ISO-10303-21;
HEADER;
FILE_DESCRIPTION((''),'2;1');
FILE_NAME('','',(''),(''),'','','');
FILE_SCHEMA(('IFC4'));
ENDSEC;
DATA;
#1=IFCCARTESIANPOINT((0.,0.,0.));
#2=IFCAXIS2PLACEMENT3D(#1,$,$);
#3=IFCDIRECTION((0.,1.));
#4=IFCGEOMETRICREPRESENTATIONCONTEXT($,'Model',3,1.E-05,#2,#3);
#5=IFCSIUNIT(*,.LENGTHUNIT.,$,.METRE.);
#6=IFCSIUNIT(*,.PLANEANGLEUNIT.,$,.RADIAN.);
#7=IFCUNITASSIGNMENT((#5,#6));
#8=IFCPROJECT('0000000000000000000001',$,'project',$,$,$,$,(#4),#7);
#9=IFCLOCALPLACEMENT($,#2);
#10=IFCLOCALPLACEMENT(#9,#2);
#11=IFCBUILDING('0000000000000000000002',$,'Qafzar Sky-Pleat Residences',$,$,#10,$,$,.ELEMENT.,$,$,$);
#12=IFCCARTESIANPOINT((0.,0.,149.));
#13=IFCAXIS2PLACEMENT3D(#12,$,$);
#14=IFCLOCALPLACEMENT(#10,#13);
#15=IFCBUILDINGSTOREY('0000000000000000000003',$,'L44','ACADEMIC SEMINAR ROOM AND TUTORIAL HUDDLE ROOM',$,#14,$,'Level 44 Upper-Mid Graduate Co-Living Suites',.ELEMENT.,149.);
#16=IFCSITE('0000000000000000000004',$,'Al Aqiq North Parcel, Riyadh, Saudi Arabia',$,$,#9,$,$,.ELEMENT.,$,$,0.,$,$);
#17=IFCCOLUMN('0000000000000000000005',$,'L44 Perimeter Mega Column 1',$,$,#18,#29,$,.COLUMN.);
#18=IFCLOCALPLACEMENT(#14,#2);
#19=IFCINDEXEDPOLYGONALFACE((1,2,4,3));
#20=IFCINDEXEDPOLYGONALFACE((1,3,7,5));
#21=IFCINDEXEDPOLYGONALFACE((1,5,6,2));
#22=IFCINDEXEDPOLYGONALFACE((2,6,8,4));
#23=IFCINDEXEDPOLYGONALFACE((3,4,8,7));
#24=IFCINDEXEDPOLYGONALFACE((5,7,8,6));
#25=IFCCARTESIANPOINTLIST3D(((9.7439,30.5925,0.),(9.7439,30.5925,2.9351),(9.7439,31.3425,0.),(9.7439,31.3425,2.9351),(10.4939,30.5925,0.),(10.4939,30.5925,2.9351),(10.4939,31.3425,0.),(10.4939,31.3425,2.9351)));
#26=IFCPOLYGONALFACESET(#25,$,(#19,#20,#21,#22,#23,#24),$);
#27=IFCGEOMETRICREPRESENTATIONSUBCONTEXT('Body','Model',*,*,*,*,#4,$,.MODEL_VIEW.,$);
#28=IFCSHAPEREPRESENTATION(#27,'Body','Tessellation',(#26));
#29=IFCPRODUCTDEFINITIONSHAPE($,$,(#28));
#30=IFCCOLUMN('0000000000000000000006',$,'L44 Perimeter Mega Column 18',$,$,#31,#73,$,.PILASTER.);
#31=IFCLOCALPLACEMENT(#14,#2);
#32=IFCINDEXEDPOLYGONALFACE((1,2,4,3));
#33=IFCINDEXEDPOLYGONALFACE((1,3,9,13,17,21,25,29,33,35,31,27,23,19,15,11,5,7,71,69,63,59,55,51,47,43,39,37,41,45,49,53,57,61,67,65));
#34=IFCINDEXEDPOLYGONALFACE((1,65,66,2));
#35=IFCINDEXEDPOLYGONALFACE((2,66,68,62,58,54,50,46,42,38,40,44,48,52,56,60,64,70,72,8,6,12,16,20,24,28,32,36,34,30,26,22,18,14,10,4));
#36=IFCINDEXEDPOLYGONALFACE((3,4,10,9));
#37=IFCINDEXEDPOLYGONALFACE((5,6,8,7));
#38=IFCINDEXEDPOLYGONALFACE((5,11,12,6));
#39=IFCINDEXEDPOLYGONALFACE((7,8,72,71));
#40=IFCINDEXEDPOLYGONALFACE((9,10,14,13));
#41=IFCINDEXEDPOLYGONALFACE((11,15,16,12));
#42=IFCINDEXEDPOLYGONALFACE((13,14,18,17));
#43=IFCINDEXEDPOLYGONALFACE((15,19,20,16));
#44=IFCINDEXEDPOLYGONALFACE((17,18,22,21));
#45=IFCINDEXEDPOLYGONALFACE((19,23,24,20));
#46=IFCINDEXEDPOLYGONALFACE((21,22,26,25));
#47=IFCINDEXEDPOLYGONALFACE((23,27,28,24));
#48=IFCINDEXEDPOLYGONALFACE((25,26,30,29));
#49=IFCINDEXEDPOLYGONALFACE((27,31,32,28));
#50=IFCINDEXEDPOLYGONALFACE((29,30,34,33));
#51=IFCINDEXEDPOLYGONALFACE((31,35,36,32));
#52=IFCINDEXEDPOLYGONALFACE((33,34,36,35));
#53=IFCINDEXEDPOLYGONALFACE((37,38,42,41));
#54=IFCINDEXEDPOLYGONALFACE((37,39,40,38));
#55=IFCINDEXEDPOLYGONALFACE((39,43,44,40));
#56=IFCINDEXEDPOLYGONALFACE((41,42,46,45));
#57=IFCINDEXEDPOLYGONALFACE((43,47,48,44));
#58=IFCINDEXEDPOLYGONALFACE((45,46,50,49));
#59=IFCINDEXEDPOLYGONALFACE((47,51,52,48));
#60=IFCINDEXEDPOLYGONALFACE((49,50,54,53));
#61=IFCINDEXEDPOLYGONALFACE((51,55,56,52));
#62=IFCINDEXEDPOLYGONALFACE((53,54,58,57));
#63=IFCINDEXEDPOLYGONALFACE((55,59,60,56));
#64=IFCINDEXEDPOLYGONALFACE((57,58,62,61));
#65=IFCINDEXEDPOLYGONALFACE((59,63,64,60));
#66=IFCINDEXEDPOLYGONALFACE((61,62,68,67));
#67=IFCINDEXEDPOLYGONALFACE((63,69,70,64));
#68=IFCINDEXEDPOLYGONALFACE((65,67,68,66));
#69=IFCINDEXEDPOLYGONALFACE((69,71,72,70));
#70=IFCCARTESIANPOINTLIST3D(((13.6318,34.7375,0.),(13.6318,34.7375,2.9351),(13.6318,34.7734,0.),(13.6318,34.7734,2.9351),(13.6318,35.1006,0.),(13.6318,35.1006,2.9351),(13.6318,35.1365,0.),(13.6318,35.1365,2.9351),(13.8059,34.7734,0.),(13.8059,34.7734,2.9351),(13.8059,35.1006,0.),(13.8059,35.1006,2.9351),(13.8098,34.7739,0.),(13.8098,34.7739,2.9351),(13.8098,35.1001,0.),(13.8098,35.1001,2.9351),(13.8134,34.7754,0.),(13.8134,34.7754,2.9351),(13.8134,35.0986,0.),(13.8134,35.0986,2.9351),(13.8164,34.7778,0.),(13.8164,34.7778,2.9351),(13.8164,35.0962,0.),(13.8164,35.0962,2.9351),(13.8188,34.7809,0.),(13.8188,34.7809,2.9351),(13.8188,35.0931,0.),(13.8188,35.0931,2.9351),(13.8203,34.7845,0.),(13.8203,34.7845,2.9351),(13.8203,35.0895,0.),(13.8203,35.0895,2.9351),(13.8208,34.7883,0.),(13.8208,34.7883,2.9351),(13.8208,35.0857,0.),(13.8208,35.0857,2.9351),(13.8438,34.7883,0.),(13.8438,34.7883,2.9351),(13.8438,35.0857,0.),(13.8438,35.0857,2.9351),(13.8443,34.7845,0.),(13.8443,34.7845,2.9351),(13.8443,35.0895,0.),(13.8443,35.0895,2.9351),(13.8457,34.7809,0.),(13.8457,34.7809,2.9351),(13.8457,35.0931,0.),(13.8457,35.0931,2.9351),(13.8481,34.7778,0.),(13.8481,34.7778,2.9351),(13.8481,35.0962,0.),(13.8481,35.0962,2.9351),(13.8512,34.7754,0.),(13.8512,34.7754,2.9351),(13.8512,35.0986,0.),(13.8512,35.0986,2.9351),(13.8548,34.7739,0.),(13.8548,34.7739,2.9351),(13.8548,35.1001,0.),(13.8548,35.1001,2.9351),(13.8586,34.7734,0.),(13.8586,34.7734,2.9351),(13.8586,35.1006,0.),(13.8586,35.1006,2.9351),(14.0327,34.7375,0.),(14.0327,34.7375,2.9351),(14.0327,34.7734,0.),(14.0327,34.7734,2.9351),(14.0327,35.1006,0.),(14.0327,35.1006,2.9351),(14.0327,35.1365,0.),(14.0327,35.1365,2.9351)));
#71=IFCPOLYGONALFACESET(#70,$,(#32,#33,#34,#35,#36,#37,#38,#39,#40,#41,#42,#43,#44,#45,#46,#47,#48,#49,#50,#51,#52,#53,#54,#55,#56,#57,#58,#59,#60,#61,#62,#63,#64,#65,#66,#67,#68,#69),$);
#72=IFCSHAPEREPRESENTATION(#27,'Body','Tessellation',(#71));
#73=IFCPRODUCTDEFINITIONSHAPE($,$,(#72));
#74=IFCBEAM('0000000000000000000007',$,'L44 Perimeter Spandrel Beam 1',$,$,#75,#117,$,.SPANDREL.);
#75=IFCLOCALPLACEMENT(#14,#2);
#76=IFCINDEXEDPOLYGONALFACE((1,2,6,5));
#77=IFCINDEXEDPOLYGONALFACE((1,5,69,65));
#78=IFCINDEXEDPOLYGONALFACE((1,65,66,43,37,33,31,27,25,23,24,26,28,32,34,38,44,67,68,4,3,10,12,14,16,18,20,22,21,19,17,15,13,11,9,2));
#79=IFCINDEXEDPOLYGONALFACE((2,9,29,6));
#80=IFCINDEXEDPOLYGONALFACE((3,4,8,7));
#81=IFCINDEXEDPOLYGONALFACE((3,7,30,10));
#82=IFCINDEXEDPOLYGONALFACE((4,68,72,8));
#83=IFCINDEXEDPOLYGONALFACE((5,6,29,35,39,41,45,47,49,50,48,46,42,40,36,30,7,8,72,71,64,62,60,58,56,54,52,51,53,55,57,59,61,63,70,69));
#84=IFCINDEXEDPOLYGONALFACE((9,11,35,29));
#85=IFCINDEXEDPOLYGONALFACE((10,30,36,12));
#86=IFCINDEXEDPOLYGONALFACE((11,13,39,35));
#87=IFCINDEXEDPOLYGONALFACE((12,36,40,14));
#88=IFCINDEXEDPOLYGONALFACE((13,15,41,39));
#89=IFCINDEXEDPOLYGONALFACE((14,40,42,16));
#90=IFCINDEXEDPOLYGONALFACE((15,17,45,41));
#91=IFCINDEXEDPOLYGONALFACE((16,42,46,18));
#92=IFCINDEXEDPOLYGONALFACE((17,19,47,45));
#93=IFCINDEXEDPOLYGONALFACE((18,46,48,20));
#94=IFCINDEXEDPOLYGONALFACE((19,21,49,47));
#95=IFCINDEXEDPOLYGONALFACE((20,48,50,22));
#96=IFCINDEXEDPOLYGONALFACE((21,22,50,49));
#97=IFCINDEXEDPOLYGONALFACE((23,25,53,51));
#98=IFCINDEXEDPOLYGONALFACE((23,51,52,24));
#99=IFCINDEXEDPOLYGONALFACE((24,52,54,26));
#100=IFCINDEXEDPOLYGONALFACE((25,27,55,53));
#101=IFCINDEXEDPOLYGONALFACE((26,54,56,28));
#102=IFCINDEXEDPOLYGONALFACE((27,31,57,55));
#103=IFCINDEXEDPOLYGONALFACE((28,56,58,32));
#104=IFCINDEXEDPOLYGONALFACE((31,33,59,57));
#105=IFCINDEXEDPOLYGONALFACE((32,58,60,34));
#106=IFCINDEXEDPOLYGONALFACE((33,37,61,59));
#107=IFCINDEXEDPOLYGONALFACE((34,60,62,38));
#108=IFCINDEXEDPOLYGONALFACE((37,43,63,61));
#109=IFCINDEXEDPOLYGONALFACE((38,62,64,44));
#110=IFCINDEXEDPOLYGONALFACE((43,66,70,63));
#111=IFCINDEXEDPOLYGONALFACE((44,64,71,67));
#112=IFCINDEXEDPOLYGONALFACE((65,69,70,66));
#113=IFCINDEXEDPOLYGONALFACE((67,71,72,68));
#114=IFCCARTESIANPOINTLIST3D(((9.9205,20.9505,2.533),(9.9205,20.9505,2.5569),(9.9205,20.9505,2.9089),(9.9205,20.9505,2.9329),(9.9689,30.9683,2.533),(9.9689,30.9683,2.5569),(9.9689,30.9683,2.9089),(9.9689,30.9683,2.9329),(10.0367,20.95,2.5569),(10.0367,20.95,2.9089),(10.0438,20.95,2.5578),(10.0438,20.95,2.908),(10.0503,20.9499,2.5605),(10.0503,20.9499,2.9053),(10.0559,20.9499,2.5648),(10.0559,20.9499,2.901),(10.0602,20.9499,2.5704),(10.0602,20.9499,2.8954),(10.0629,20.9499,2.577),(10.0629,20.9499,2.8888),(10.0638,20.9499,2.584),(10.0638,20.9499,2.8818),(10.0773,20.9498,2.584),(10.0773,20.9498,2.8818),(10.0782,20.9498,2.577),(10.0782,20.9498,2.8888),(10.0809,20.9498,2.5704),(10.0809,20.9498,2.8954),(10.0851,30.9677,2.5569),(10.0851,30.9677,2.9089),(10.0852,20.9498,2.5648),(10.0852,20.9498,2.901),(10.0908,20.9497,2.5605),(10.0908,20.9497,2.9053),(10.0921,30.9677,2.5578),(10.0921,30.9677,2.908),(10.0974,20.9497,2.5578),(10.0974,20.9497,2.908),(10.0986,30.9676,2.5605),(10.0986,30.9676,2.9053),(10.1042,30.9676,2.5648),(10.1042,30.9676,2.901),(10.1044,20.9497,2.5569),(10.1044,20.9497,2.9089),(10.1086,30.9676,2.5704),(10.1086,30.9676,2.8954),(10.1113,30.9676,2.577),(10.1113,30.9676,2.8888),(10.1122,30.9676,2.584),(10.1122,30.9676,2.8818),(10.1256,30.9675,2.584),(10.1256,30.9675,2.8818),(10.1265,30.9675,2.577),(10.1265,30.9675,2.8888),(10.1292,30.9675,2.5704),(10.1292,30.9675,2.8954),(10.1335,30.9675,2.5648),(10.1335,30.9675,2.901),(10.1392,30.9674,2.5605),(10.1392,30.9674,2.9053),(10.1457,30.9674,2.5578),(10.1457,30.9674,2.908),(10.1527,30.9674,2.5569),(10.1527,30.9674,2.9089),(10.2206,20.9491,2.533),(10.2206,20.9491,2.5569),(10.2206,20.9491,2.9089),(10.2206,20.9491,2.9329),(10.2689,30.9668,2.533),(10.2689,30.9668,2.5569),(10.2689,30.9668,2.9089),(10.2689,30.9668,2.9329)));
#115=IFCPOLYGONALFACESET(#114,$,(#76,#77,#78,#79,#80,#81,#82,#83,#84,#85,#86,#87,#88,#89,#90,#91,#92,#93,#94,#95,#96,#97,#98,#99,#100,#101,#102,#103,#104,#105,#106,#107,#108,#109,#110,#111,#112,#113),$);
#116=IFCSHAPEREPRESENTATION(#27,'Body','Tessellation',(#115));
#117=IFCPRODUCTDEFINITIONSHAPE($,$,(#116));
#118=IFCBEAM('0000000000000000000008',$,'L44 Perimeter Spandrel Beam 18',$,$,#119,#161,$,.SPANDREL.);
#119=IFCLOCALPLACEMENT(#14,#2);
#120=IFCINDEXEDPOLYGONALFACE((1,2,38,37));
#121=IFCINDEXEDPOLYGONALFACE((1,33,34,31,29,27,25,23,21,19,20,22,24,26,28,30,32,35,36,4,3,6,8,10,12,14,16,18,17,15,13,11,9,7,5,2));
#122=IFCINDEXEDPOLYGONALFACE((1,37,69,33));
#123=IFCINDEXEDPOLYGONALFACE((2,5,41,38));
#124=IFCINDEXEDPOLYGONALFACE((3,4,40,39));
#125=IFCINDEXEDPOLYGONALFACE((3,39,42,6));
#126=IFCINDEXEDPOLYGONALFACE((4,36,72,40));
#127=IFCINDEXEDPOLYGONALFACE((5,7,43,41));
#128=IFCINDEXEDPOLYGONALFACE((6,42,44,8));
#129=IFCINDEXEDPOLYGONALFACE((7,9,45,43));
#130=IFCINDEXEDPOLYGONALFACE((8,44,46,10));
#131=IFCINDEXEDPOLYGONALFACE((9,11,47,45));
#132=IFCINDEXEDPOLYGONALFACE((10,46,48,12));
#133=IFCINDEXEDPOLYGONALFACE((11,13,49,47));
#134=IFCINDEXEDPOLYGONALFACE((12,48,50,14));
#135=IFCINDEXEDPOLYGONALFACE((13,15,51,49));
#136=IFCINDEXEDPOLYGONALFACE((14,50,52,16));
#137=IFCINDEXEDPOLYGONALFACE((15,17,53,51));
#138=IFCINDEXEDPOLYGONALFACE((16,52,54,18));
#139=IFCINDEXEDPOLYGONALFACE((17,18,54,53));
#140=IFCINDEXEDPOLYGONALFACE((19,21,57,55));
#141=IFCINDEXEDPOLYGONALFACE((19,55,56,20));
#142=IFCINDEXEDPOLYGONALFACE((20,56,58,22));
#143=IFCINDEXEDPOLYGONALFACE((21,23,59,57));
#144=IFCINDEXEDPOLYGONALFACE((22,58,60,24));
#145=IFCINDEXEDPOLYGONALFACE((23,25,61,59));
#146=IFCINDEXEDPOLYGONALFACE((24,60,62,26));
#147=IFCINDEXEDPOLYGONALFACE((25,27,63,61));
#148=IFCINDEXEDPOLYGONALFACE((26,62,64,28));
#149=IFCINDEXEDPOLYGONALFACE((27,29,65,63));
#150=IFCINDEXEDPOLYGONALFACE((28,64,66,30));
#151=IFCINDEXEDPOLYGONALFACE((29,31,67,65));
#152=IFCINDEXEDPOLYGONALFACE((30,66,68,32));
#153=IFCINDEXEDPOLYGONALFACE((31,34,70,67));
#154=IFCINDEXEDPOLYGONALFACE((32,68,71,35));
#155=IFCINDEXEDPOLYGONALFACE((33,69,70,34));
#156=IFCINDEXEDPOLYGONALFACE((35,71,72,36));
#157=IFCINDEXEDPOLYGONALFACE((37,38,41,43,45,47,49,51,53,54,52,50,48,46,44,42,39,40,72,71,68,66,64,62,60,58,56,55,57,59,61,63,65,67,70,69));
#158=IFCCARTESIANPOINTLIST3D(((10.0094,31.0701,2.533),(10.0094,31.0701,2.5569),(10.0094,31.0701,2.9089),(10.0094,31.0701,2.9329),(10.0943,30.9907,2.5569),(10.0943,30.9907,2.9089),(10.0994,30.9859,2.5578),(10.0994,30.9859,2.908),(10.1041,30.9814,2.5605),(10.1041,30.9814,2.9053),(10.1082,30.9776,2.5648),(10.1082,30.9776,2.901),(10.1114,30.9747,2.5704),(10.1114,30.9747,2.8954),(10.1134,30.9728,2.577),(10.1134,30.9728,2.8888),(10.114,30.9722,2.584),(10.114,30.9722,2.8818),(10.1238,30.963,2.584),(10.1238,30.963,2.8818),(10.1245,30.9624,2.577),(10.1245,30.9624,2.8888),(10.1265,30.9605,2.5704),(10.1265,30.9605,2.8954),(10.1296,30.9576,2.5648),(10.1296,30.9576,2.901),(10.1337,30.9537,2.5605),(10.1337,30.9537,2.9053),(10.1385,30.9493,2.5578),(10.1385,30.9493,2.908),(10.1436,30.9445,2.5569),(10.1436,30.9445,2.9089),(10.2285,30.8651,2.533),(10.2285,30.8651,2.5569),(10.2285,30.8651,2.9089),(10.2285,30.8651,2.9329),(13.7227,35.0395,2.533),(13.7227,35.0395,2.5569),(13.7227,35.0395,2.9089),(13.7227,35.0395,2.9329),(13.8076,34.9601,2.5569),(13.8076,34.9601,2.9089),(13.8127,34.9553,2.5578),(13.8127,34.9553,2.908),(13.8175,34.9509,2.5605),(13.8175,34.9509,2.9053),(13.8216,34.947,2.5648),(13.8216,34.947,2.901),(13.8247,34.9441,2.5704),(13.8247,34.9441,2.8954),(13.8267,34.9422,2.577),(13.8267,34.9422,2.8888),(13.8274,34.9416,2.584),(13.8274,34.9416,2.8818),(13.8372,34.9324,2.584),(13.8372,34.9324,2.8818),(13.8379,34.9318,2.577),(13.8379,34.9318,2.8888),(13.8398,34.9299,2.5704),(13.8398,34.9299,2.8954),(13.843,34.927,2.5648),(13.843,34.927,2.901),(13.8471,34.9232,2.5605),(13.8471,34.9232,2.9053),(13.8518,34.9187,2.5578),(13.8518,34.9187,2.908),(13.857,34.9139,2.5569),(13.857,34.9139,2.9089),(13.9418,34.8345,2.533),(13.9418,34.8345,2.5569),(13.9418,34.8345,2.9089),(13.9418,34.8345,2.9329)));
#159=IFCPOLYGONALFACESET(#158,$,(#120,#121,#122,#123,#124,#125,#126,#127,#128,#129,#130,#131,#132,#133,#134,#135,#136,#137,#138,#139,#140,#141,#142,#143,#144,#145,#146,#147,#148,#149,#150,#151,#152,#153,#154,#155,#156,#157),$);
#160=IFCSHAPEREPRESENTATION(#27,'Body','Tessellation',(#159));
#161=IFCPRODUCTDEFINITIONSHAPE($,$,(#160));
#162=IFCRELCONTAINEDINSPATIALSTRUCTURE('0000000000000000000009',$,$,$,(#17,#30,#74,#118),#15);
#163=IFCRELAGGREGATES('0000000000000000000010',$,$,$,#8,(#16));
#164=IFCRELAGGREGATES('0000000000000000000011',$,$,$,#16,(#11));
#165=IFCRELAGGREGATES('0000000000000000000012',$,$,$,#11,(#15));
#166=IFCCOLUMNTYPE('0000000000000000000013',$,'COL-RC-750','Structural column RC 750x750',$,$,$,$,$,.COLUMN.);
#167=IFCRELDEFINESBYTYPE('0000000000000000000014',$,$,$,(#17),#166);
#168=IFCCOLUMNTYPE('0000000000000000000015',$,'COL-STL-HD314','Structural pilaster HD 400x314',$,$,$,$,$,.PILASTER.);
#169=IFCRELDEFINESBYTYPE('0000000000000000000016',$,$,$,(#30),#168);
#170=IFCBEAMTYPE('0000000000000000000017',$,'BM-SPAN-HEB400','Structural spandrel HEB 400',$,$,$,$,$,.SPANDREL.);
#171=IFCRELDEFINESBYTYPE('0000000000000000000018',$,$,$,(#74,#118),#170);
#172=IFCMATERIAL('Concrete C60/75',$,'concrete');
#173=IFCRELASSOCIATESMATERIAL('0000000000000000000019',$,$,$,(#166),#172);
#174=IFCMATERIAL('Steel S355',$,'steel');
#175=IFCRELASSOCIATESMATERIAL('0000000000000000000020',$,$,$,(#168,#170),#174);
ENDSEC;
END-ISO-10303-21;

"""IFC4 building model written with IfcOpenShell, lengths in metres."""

from ifc_helpers import new_model, si_unit, direction, frame, origin, origin_2d, place, context, subcontext, project, spatial, rectangle, i_section, extrude, source, transform, mapped, material, material_profile, profile_set, type_object, element, save


model = new_model("IFC4")

# Units and contexts
model_context = context("Model", 3, precision=1e-05, world=origin(), true_north=direction((0.0, 1.0)))
body_context = subcontext(model_context, "Body", "Model", "MODEL_VIEW")
ifc_project = project(units=[si_unit("LENGTHUNIT", "METRE"), si_unit("PLANEANGLEUNIT", "RADIAN")], contexts=[model_context])

# Site, building, storey
site_placement = place(None, origin())
site = spatial("IfcSite", under=ifc_project, at=site_placement, Name="Al Aqiq North Parcel, Riyadh, Saudi Arabia", CompositionType="ELEMENT", RefElevation=0.0)
building_placement = place(site_placement, origin())
building = spatial("IfcBuilding", under=site, at=building_placement, Name="Qafzar Sky-Pleat Residences", CompositionType="ELEMENT")
storey_placement = place(building_placement, frame((0.0, 0.0, 149.0)))
storey = spatial("IfcBuildingStorey", under=building, at=storey_placement, Name="L44", Description="ACADEMIC SEMINAR ROOM AND TUTORIAL HUDDLE ROOM", LongName="Level 44 Upper-Mid Graduate Co-Living Suites", CompositionType="ELEMENT", Elevation=149.0)

# Columns
ifc_material_1 = material(Name="Concrete C60/75", Category="concrete")
ifc_material_profile_1 = material_profile(ifc_material_1, rectangle(XDim=0.75, YDim=0.75, at=origin_2d()), Name="RC 750x750")
ifc_profile_set_1 = profile_set([ifc_material_profile_1], Name="Concrete C60/75")
column_type_1 = type_object("IfcColumnType", Name="COL-RC-750", Description="Structural column RC 750x750", PredefinedType="COLUMN", material=ifc_profile_set_1)
shared_shape_1 = source(origin(), body_context, "Body", "SweptSolid", [
    extrude(rectangle(XDim=0.75, YDim=0.75, at=origin_2d()), origin(), (0.0, 0.0, 1.0), 2.9351),
])
column_1_placement = place(storey_placement, frame((10.1189, 30.9675, 0.0), z_axis=(0.0, 0.0, 1.0), x_axis=(1.0, 0.0, 0.0)))
element("IfcColumn", 1, at=column_1_placement, inside=storey, type_object=column_type_1, Name="L44 Perimeter Mega Column 1", PredefinedType="COLUMN", context=body_context, shape_type="MappedRepresentation", body=[
    mapped(shared_shape_1, transform((0.0, 0.0, 0.0), x_axis=(1.0, 0.0, 0.0), y_axis=(0.0, 1.0, 0.0), z_axis=(0.0, 0.0, 1.0), scale=1.0)),
])
ifc_material_2 = material(Name="Steel S355", Category="steel")
ifc_material_profile_2 = material_profile(ifc_material_2, i_section(OverallWidth=0.4009, OverallDepth=0.3989, WebThickness=0.0229, FlangeThickness=0.0359, FilletRadius=0.0149, at=origin_2d()), Name="HD 400x314")
ifc_profile_set_2 = profile_set([ifc_material_profile_2], Name="Steel S355")
column_type_2 = type_object("IfcColumnType", Name="COL-STL-HD314", Description="Structural pilaster HD 400x314", PredefinedType="PILASTER", material=ifc_profile_set_2)
shared_shape_2 = source(origin(), body_context, "Body", "SweptSolid", [
    extrude(i_section(OverallWidth=0.4009, OverallDepth=0.3989, WebThickness=0.0229, FlangeThickness=0.0359, FilletRadius=0.0149, at=origin_2d()), origin(), (0.0, 0.0, 1.0), 2.9351),
])
column_2_placement = place(storey_placement, frame((13.8323, 34.937, 0.0), z_axis=(0.0, 0.0, 1.0), x_axis=(1.0, 0.0, 0.0)))
element("IfcColumn", 2, at=column_2_placement, inside=storey, type_object=column_type_2, Name="L44 Perimeter Mega Column 18", PredefinedType="PILASTER", context=body_context, shape_type="MappedRepresentation", body=[
    mapped(shared_shape_2, transform((0.0, 0.0, 0.0), x_axis=(1.0, 0.0, 0.0), y_axis=(0.0, 1.0, 0.0), z_axis=(0.0, 0.0, 1.0), scale=1.0)),
])

# Beams
ifc_material_profile_3 = material_profile(ifc_material_2, i_section(OverallWidth=0.3, OverallDepth=0.3999, WebThickness=0.0134, FlangeThickness=0.0239, FilletRadius=0.0271, at=origin_2d()), Name="HEB 400")
ifc_profile_set_3 = profile_set([ifc_material_profile_3], Name="Steel S355")
beam_type_1 = type_object("IfcBeamType", Name="BM-SPAN-HEB400", Description="Structural spandrel HEB 400", PredefinedType="SPANDREL", material=ifc_profile_set_3)
shared_shape_3 = source(origin(), body_context, "Body", "SweptSolid", [
    extrude(i_section(OverallWidth=0.3, OverallDepth=0.3999, WebThickness=0.0134, FlangeThickness=0.0239, FilletRadius=0.0271, at=origin_2d()), origin(), (0.0, 0.0, 1.0), 10.0178),
])
beam_1_placement = place(storey_placement, frame((10.1189, 30.9675, 2.7329), z_axis=(-0.004825, -0.999988, 0.0), x_axis=(0.999988, -0.004825, 0.0)))
element("IfcBeam", 3, at=beam_1_placement, inside=storey, type_object=beam_type_1, Name="L44 Perimeter Spandrel Beam 1", PredefinedType="SPANDREL", context=body_context, shape_type="MappedRepresentation", body=[
    mapped(shared_shape_3, transform((0.0, 0.0, 0.0), x_axis=(1.0, 0.0, 0.0), y_axis=(0.0, 1.0, 0.0), z_axis=(0.0, 0.0, 1.0), scale=1.0)),
])
shared_shape_4 = source(origin(), body_context, "Body", "SweptSolid", [
    extrude(i_section(OverallWidth=0.3, OverallDepth=0.3999, WebThickness=0.0134, FlangeThickness=0.0239, FilletRadius=0.0271, at=origin_2d()), origin(), (0.0, 0.0, 1.0), 5.4355),
])
beam_2_placement = place(storey_placement, frame((13.8323, 34.937, 2.7329), z_axis=(-0.683156, -0.730272, 0.0), x_axis=(0.730272, -0.683156, 0.0)))
element("IfcBeam", 4, at=beam_2_placement, inside=storey, type_object=beam_type_1, Name="L44 Perimeter Spandrel Beam 18", PredefinedType="SPANDREL", context=body_context, shape_type="MappedRepresentation", body=[
    mapped(shared_shape_4, transform((0.0, 0.0, 0.0), x_axis=(1.0, 0.0, 0.0), y_axis=(0.0, 1.0, 0.0), z_axis=(0.0, 0.0, 1.0), scale=1.0)),
])

save(model, "model.ifc")
